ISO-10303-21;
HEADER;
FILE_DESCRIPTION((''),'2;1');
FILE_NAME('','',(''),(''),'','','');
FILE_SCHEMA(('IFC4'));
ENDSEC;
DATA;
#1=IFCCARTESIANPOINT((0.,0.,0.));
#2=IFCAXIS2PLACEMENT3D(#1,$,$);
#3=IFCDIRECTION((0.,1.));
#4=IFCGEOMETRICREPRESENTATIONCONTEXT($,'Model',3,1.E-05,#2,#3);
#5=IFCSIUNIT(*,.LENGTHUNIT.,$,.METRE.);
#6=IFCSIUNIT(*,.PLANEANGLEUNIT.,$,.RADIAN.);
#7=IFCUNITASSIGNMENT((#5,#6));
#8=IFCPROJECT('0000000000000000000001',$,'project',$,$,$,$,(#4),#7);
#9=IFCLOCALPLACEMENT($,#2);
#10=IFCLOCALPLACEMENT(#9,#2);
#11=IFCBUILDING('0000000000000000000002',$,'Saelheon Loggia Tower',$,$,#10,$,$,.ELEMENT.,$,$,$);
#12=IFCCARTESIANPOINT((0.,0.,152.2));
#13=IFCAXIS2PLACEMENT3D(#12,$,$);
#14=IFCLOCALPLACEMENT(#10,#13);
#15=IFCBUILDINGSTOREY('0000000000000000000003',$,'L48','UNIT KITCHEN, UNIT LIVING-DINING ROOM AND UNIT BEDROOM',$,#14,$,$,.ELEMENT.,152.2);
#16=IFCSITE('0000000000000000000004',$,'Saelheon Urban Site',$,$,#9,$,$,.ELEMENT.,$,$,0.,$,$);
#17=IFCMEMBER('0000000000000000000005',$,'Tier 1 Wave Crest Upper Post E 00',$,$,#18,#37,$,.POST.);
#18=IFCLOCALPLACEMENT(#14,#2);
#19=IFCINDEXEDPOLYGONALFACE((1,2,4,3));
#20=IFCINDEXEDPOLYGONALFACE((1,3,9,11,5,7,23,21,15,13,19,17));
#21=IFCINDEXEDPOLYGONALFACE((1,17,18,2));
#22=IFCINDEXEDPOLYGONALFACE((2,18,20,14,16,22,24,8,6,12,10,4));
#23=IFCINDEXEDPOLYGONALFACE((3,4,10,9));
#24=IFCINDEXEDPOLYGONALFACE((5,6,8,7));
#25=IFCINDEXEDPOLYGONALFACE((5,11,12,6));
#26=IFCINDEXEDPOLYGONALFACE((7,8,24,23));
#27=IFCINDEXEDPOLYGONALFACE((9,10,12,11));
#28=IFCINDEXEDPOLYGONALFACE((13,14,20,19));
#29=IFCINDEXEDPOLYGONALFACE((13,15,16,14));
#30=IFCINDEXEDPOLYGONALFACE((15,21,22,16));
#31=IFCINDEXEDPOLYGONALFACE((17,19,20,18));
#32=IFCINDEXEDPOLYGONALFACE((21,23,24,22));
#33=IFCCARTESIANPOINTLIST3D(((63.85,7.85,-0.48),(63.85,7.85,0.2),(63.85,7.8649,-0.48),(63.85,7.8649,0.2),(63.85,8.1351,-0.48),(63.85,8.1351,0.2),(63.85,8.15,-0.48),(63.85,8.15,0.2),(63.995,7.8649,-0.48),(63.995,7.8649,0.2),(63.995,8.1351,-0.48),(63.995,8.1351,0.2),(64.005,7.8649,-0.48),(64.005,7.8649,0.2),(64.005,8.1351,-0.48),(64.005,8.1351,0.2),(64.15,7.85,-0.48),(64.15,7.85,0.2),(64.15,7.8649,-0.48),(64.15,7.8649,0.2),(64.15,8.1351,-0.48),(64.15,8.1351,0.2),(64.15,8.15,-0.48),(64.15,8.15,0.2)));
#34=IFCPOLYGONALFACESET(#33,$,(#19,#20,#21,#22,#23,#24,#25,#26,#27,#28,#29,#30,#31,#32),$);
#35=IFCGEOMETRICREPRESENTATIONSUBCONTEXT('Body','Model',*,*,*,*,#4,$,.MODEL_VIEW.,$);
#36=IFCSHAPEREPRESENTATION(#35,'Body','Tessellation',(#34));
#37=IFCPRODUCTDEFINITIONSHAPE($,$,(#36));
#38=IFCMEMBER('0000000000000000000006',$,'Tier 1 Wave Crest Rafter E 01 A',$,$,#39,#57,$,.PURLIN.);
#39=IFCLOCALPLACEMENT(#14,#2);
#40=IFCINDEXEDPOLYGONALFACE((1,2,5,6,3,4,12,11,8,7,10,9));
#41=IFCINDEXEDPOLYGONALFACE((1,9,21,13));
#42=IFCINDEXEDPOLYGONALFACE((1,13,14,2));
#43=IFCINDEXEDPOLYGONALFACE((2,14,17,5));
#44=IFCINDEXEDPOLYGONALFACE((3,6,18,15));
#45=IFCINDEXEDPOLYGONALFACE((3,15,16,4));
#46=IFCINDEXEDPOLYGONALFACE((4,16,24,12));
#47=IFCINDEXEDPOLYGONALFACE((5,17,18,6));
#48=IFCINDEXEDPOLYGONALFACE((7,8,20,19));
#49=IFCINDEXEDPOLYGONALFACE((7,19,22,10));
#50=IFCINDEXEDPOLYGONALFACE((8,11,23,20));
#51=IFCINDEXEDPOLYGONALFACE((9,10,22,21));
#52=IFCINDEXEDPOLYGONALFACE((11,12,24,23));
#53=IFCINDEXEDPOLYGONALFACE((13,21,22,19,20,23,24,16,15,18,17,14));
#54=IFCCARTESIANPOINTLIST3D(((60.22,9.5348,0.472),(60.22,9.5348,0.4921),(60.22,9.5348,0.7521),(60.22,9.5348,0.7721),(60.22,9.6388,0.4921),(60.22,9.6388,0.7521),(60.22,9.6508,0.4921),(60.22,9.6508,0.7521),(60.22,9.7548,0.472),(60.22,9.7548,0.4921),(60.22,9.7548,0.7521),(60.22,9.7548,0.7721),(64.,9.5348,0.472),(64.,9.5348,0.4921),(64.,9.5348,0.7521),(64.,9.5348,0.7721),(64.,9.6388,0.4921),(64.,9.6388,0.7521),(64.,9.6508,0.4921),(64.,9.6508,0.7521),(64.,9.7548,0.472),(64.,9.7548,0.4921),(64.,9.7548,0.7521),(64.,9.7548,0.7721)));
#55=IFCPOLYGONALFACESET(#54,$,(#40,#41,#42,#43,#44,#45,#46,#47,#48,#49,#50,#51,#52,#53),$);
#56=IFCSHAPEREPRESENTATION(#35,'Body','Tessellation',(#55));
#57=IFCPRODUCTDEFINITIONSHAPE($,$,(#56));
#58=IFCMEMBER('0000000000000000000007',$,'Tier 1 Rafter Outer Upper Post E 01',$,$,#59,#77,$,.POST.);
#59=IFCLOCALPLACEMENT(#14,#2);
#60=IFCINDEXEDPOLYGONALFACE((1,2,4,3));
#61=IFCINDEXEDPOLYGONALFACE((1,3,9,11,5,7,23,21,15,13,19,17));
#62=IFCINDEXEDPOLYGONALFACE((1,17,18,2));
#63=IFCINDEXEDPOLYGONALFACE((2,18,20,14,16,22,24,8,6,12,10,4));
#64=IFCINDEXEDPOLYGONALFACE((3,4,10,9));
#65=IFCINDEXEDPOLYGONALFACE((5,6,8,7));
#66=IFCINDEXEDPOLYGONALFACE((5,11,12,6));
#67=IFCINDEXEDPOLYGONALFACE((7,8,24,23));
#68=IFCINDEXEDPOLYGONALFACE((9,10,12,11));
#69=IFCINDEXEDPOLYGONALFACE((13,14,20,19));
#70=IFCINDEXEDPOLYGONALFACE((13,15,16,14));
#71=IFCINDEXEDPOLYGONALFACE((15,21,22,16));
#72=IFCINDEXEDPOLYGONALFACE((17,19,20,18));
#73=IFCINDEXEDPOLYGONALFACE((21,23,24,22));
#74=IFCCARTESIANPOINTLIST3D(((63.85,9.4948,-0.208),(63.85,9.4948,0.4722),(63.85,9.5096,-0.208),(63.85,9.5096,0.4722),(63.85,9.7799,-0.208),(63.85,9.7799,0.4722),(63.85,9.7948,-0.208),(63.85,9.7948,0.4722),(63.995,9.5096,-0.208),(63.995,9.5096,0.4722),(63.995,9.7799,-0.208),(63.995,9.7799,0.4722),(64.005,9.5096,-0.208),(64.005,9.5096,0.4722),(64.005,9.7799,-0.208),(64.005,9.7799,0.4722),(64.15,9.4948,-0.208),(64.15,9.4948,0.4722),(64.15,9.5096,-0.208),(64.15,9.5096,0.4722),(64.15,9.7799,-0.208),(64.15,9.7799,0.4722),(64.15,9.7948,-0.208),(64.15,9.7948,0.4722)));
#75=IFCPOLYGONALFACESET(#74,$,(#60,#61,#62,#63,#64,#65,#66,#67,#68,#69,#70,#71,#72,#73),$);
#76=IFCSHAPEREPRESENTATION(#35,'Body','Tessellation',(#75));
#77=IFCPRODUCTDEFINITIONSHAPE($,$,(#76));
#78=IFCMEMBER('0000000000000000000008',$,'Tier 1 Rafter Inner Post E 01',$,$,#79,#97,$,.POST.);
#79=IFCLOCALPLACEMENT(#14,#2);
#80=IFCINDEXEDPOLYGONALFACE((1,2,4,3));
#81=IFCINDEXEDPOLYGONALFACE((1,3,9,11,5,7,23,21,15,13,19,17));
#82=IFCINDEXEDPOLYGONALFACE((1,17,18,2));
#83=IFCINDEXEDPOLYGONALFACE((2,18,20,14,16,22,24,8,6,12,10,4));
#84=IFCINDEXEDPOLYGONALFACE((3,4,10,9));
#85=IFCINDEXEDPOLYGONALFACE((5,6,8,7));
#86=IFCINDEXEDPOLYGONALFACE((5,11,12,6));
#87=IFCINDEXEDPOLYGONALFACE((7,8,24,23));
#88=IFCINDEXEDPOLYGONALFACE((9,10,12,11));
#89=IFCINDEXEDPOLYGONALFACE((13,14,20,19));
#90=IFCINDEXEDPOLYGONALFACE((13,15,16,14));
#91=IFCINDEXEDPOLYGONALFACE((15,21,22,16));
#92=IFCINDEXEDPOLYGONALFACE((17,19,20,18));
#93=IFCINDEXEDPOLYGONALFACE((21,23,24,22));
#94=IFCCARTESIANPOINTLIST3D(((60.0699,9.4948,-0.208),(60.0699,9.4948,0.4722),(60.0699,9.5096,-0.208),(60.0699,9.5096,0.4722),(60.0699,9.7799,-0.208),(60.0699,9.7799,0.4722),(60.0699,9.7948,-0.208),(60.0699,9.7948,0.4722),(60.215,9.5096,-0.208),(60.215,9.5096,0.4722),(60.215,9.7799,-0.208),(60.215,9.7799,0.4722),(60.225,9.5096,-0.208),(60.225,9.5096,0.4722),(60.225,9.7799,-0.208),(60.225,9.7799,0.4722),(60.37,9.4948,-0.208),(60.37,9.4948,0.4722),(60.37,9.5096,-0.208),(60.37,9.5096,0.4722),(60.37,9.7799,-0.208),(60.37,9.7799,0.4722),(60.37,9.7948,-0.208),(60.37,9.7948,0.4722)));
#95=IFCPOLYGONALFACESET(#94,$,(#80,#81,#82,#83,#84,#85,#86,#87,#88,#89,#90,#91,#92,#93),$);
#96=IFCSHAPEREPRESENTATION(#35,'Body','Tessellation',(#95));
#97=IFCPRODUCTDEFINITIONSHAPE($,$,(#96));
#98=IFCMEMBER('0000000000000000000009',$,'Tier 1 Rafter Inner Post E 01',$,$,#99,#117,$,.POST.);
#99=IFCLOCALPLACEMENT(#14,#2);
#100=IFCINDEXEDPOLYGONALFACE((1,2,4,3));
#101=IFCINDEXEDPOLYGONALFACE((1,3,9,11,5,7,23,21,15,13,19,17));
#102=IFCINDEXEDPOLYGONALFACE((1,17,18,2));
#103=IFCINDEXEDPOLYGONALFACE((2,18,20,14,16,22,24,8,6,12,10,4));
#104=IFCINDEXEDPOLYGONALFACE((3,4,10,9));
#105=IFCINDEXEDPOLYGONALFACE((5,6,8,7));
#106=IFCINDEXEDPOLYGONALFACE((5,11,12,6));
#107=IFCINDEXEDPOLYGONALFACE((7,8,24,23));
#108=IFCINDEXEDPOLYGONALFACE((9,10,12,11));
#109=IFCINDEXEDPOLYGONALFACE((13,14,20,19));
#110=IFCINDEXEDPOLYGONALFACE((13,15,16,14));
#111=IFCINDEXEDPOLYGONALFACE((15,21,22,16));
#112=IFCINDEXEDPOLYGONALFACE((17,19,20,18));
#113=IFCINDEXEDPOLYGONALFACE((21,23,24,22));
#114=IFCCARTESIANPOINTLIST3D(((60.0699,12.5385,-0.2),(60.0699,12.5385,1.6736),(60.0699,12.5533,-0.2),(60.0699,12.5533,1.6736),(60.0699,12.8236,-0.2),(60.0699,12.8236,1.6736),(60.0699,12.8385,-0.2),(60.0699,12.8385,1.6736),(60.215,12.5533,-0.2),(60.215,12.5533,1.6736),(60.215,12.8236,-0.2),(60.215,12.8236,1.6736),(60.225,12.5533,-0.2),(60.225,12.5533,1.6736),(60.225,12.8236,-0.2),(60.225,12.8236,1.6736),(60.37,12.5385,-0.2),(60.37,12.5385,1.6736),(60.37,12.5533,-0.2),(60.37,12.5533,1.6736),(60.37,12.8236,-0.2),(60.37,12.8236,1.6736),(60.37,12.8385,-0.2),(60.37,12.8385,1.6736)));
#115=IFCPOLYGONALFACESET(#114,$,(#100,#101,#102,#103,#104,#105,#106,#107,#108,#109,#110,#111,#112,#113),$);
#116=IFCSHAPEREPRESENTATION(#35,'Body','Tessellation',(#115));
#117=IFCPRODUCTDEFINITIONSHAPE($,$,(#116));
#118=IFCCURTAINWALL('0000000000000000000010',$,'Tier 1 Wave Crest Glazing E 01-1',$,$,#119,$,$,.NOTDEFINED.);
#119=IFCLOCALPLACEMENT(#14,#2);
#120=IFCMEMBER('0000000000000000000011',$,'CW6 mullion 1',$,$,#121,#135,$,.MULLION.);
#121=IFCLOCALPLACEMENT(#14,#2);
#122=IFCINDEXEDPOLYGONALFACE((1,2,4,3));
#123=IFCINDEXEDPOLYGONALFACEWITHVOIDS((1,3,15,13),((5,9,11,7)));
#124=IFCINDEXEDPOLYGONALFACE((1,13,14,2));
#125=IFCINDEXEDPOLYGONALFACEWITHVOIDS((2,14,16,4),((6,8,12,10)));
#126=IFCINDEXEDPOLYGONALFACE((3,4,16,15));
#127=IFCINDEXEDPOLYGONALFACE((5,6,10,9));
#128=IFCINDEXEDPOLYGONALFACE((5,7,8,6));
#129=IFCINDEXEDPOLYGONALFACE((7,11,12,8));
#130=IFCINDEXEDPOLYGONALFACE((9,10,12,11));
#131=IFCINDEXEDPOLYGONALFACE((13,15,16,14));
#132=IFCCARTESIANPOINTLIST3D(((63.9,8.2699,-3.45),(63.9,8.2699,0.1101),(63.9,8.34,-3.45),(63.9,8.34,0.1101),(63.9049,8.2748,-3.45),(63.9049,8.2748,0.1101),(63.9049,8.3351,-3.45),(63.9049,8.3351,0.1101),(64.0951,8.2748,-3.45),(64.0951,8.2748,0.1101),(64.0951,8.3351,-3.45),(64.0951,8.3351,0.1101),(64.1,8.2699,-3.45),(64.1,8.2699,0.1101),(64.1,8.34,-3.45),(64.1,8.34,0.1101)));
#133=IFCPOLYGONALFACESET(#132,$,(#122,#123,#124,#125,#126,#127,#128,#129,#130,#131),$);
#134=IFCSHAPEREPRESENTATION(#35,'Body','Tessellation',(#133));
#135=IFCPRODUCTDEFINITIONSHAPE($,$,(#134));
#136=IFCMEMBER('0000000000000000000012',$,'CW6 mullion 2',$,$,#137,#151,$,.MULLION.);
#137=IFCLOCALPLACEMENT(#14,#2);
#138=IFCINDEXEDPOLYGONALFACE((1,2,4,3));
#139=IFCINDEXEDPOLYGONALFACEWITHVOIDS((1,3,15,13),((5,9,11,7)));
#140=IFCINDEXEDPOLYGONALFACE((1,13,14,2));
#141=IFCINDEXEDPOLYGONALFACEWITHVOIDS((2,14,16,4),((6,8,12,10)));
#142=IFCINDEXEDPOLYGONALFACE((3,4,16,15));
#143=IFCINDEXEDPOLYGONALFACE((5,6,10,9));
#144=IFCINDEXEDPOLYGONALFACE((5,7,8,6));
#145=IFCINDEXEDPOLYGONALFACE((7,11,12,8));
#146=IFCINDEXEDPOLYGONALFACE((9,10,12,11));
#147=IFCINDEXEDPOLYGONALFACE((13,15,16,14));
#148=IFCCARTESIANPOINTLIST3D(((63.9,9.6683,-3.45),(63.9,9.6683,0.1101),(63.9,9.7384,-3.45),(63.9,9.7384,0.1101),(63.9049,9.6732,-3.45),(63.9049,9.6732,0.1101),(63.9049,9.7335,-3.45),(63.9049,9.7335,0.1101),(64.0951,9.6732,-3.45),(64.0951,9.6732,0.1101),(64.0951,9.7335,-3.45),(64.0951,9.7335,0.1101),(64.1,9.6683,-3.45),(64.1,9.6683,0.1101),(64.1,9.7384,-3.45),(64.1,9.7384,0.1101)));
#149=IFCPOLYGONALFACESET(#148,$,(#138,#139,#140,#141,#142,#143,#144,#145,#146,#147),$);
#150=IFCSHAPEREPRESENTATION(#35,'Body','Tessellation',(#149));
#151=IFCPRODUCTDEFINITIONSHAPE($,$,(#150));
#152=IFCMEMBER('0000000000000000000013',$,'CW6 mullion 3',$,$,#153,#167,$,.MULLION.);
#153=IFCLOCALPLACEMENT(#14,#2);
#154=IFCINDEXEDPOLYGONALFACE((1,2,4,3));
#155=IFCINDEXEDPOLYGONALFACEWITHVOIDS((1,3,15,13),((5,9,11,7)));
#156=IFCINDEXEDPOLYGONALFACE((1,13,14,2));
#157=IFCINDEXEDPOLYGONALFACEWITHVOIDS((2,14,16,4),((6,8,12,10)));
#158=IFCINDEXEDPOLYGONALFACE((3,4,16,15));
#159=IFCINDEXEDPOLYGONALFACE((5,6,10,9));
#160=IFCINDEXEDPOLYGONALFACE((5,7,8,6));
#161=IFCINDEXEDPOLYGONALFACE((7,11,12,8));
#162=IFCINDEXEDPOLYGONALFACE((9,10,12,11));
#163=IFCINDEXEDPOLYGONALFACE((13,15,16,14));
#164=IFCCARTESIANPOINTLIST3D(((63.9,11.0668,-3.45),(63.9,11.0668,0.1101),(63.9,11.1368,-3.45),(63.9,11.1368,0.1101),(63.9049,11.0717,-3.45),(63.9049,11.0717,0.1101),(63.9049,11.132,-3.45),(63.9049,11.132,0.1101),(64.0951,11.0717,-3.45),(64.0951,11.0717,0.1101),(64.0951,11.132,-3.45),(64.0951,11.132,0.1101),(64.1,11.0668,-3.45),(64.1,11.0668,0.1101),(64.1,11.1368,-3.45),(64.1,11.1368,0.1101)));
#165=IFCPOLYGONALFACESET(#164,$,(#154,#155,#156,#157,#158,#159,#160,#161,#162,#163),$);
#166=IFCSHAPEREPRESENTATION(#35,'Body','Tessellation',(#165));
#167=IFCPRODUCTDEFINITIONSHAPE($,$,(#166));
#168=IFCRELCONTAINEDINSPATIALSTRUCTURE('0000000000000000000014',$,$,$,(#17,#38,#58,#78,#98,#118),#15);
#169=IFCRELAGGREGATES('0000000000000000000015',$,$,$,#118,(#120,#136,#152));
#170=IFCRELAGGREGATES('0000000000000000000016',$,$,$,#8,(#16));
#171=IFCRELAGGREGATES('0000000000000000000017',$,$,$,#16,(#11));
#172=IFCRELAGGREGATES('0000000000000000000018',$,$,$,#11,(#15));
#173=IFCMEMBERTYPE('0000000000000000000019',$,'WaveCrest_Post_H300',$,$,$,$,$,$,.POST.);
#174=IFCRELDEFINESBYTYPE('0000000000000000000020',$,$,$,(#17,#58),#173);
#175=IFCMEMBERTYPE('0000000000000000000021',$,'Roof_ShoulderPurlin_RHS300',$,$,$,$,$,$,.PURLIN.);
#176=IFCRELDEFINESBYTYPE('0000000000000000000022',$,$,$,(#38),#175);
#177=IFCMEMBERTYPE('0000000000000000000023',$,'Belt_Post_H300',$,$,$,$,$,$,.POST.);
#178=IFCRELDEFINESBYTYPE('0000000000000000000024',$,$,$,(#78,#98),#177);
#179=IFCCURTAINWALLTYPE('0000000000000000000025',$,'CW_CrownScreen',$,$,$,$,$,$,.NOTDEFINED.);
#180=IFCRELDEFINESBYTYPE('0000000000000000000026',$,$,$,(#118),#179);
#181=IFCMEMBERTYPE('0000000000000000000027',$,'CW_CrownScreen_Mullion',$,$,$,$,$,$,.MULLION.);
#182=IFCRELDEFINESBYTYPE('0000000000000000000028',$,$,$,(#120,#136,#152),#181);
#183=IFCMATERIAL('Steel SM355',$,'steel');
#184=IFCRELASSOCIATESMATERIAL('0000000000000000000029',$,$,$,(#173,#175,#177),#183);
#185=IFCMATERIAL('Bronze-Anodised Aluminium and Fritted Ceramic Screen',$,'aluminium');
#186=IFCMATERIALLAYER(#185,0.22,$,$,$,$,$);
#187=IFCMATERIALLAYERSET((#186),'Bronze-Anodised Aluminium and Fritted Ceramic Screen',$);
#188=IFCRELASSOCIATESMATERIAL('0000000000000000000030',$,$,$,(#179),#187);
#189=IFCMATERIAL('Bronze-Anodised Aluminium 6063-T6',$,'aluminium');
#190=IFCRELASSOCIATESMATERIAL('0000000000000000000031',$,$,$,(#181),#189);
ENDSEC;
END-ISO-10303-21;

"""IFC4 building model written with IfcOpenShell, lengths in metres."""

from ifc_helpers import new_model, si_unit, direction, frame, origin, origin_2d, place, context, subcontext, project, spatial, hollow_rectangle, i_section, extrude, source, transform, mapped, material, layer, layer_set, material_profile, profile_set, type_object, element, aggregate, save


model = new_model("IFC4")

# Units and contexts
model_context = context("Model", 3, precision=1e-05, world=origin(), true_north=direction((0.0, 1.0)))
body_context = subcontext(model_context, "Body", "Model", "MODEL_VIEW")
ifc_project = project(units=[si_unit("LENGTHUNIT", "METRE"), si_unit("PLANEANGLEUNIT", "RADIAN")], contexts=[model_context])

# Site, building, storey
site_placement = place(None, origin())
site = spatial("IfcSite", under=ifc_project, at=site_placement, Name="Saelheon Urban Site", CompositionType="ELEMENT", RefElevation=0.0)
building_placement = place(site_placement, origin())
building = spatial("IfcBuilding", under=site, at=building_placement, Name="Saelheon Loggia Tower", CompositionType="ELEMENT")
storey_placement = place(building_placement, frame((0.0, 0.0, 152.2)))
storey = spatial("IfcBuildingStorey", under=building, at=storey_placement, Name="L48", Description="UNIT KITCHEN, UNIT LIVING-DINING ROOM AND UNIT BEDROOM", CompositionType="ELEMENT", Elevation=152.2)

# Members
ifc_material_1 = material(Name="Steel SM355", Category="steel")
ifc_material_profile_1 = material_profile(ifc_material_1, i_section(OverallWidth=0.3, OverallDepth=0.3, WebThickness=0.01, FlangeThickness=0.0149, at=origin_2d()), Name="H-300x300x10x15")
ifc_profile_set_1 = profile_set([ifc_material_profile_1], Name="Steel SM355")
member_type_1 = type_object("IfcMemberType", Name="WaveCrest_Post_H300", PredefinedType="POST", material=ifc_profile_set_1)
shared_shape_1 = source(origin(), body_context, "Body", "SweptSolid", [
    extrude(i_section(OverallWidth=0.3, OverallDepth=0.3, WebThickness=0.01, FlangeThickness=0.0149, at=origin_2d()), origin(), (0.0, 0.0, 1.0), 0.6799),
])
member_1_placement = place(storey_placement, frame((64.0, 8.0, -0.48), z_axis=(0.0, 0.0, 1.0), x_axis=(1.0, 0.0, 0.0)))
element("IfcMember", 1, at=member_1_placement, inside=storey, type_object=member_type_1, Name="Tier 1 Wave Crest Upper Post E 00", PredefinedType="POST", context=body_context, shape_type="MappedRepresentation", body=[
    mapped(shared_shape_1, transform((0.0, 0.0, 0.0), scale=1.0)),
])
ifc_material_profile_2 = material_profile(ifc_material_1, i_section(OverallWidth=0.22, OverallDepth=0.3, WebThickness=0.012, FlangeThickness=0.02, at=origin_2d()), Name="H-300x220x12x20")
ifc_profile_set_2 = profile_set([ifc_material_profile_2], Name="Steel SM355")
member_type_2 = type_object("IfcMemberType", Name="Roof_ShoulderPurlin_RHS300", PredefinedType="PURLIN", material=ifc_profile_set_2)
shared_shape_2 = source(origin(), body_context, "Body", "SweptSolid", [
    extrude(i_section(OverallWidth=0.22, OverallDepth=0.3, WebThickness=0.012, FlangeThickness=0.02, at=origin_2d()), origin(), (0.0, 0.0, 1.0), 3.78),
])
member_2_placement = place(storey_placement, frame((64.0, 9.6448, 0.6221), z_axis=(-1.0, 0.0, 0.0), x_axis=(0.0, -1.0, 0.0)))
element("IfcMember", 2, at=member_2_placement, inside=storey, type_object=member_type_2, Name="Tier 1 Wave Crest Rafter E 01 A", PredefinedType="PURLIN", context=body_context, shape_type="MappedRepresentation", body=[
    mapped(shared_shape_2, transform((0.0, 0.0, 0.0), scale=1.0)),
])
shared_shape_3 = source(origin(), body_context, "Body", "SweptSolid", [
    extrude(i_section(OverallWidth=0.3, OverallDepth=0.3, WebThickness=0.01, FlangeThickness=0.0149, at=origin_2d()), origin(), (0.0, 0.0, 1.0), 0.6802),
])
member_3_placement = place(storey_placement, frame((64.0, 9.6448, -0.208), z_axis=(0.0, 0.0, 1.0), x_axis=(1.0, 0.0, 0.0)))
element("IfcMember", 3, at=member_3_placement, inside=storey, type_object=member_type_1, Name="Tier 1 Rafter Outer Upper Post E 01", PredefinedType="POST", context=body_context, shape_type="MappedRepresentation", body=[
    mapped(shared_shape_3, transform((0.0, 0.0, 0.0), scale=1.0)),
])
ifc_material_profile_3 = material_profile(ifc_material_1, i_section(OverallWidth=0.3, OverallDepth=0.3, WebThickness=0.01, FlangeThickness=0.0149, at=origin_2d()), Name="H-300x300x10x15")
ifc_profile_set_3 = profile_set([ifc_material_profile_3], Name="Steel SM355")
member_type_3 = type_object("IfcMemberType", Name="Belt_Post_H300", PredefinedType="POST", material=ifc_profile_set_3)
member_4_placement = place(storey_placement, frame((60.22, 9.6448, -0.208), z_axis=(0.0, 0.0, 1.0), x_axis=(1.0, 0.0, 0.0)))
element("IfcMember", 4, at=member_4_placement, inside=storey, type_object=member_type_3, Name="Tier 1 Rafter Inner Post E 01", PredefinedType="POST", context=body_context, shape_type="MappedRepresentation", body=[
    mapped(shared_shape_3, transform((0.0, 0.0, 0.0), scale=1.0)),
])
shared_shape_4 = source(origin(), body_context, "Body", "SweptSolid", [
    extrude(i_section(OverallWidth=0.3, OverallDepth=0.3, WebThickness=0.01, FlangeThickness=0.0149, at=origin_2d()), origin(), (0.0, 0.0, 1.0), 1.8735),
])
member_5_placement = place(storey_placement, frame((60.22, 12.6885, -0.2), z_axis=(0.0, 0.0, 1.0), x_axis=(1.0, 0.0, 0.0)))
element("IfcMember", 5, at=member_5_placement, inside=storey, type_object=member_type_3, Name="Tier 1 Rafter Inner Post E 01", PredefinedType="POST", context=body_context, shape_type="MappedRepresentation", body=[
    mapped(shared_shape_4, transform((0.0, 0.0, 0.0), scale=1.0)),
])

# Curtain wall, members
ifc_material_2 = material(Name="Bronze-Anodised Aluminium and Fritted Ceramic Screen", Category="aluminium")
ifc_layer_1 = layer(ifc_material_2, 0.22)
ifc_layer_set_1 = layer_set([ifc_layer_1], Name="Bronze-Anodised Aluminium and Fritted Ceramic Screen")
curtain_wall_type = type_object("IfcCurtainWallType", Name="CW_CrownScreen", PredefinedType="NOTDEFINED", material=ifc_layer_set_1)
curtain_wall_1_placement = place(storey_placement, origin())
curtain_wall_1 = element("IfcCurtainWall", 6, at=curtain_wall_1_placement, inside=storey, type_object=curtain_wall_type, Name="Tier 1 Wave Crest Glazing E 01-1", PredefinedType="NOTDEFINED")
ifc_material_3 = material(Name="Bronze-Anodised Aluminium 6063-T6", Category="aluminium")
ifc_material_profile_4 = material_profile(ifc_material_3, hollow_rectangle(XDim=0.0701, YDim=0.2, WallThickness=0.0049, at=origin_2d()), Name="RHS-200x70x5")
ifc_profile_set_4 = profile_set([ifc_material_profile_4], Name="Bronze-Anodised Aluminium 6063-T6")
member_type_4 = type_object("IfcMemberType", Name="CW_CrownScreen_Mullion", PredefinedType="MULLION", material=ifc_profile_set_4)
shared_shape_5 = source(origin(), body_context, "Body", "SweptSolid", [
    extrude(hollow_rectangle(XDim=0.0701, YDim=0.2, WallThickness=0.0049, at=origin_2d()), origin(), (0.0, 0.0, 1.0), 3.5601),
])
member_6_placement = place(storey_placement, frame((64.0, 8.3049, -3.45), z_axis=(0.0, 0.0, 1.0), x_axis=(0.0, 1.0, 0.0)))
member_6 = element("IfcMember", 7, at=member_6_placement, type_object=member_type_4, Name="CW6 mullion 1", PredefinedType="MULLION", context=body_context, shape_type="MappedRepresentation", body=[
    mapped(shared_shape_5, transform((0.0, 0.0, 0.0), scale=1.0)),
])
member_7_placement = place(storey_placement, frame((64.0, 9.7034, -3.45), z_axis=(0.0, 0.0, 1.0), x_axis=(0.0, 1.0, 0.0)))
member_7 = element("IfcMember", 8, at=member_7_placement, type_object=member_type_4, Name="CW6 mullion 2", PredefinedType="MULLION", context=body_context, shape_type="MappedRepresentation", body=[
    mapped(shared_shape_5, transform((0.0, 0.0, 0.0), scale=1.0)),
])
member_8_placement = place(storey_placement, frame((64.0, 11.1018, -3.45), z_axis=(0.0, 0.0, 1.0), x_axis=(0.0, 1.0, 0.0)))
member_8 = element("IfcMember", 9, at=member_8_placement, type_object=member_type_4, Name="CW6 mullion 3", PredefinedType="MULLION", context=body_context, shape_type="MappedRepresentation", body=[
    mapped(shared_shape_5, transform((0.0, 0.0, 0.0), scale=1.0)),
])

aggregate(curtain_wall_1, [member_6, member_7, member_8])

save(model, "model.ifc")
